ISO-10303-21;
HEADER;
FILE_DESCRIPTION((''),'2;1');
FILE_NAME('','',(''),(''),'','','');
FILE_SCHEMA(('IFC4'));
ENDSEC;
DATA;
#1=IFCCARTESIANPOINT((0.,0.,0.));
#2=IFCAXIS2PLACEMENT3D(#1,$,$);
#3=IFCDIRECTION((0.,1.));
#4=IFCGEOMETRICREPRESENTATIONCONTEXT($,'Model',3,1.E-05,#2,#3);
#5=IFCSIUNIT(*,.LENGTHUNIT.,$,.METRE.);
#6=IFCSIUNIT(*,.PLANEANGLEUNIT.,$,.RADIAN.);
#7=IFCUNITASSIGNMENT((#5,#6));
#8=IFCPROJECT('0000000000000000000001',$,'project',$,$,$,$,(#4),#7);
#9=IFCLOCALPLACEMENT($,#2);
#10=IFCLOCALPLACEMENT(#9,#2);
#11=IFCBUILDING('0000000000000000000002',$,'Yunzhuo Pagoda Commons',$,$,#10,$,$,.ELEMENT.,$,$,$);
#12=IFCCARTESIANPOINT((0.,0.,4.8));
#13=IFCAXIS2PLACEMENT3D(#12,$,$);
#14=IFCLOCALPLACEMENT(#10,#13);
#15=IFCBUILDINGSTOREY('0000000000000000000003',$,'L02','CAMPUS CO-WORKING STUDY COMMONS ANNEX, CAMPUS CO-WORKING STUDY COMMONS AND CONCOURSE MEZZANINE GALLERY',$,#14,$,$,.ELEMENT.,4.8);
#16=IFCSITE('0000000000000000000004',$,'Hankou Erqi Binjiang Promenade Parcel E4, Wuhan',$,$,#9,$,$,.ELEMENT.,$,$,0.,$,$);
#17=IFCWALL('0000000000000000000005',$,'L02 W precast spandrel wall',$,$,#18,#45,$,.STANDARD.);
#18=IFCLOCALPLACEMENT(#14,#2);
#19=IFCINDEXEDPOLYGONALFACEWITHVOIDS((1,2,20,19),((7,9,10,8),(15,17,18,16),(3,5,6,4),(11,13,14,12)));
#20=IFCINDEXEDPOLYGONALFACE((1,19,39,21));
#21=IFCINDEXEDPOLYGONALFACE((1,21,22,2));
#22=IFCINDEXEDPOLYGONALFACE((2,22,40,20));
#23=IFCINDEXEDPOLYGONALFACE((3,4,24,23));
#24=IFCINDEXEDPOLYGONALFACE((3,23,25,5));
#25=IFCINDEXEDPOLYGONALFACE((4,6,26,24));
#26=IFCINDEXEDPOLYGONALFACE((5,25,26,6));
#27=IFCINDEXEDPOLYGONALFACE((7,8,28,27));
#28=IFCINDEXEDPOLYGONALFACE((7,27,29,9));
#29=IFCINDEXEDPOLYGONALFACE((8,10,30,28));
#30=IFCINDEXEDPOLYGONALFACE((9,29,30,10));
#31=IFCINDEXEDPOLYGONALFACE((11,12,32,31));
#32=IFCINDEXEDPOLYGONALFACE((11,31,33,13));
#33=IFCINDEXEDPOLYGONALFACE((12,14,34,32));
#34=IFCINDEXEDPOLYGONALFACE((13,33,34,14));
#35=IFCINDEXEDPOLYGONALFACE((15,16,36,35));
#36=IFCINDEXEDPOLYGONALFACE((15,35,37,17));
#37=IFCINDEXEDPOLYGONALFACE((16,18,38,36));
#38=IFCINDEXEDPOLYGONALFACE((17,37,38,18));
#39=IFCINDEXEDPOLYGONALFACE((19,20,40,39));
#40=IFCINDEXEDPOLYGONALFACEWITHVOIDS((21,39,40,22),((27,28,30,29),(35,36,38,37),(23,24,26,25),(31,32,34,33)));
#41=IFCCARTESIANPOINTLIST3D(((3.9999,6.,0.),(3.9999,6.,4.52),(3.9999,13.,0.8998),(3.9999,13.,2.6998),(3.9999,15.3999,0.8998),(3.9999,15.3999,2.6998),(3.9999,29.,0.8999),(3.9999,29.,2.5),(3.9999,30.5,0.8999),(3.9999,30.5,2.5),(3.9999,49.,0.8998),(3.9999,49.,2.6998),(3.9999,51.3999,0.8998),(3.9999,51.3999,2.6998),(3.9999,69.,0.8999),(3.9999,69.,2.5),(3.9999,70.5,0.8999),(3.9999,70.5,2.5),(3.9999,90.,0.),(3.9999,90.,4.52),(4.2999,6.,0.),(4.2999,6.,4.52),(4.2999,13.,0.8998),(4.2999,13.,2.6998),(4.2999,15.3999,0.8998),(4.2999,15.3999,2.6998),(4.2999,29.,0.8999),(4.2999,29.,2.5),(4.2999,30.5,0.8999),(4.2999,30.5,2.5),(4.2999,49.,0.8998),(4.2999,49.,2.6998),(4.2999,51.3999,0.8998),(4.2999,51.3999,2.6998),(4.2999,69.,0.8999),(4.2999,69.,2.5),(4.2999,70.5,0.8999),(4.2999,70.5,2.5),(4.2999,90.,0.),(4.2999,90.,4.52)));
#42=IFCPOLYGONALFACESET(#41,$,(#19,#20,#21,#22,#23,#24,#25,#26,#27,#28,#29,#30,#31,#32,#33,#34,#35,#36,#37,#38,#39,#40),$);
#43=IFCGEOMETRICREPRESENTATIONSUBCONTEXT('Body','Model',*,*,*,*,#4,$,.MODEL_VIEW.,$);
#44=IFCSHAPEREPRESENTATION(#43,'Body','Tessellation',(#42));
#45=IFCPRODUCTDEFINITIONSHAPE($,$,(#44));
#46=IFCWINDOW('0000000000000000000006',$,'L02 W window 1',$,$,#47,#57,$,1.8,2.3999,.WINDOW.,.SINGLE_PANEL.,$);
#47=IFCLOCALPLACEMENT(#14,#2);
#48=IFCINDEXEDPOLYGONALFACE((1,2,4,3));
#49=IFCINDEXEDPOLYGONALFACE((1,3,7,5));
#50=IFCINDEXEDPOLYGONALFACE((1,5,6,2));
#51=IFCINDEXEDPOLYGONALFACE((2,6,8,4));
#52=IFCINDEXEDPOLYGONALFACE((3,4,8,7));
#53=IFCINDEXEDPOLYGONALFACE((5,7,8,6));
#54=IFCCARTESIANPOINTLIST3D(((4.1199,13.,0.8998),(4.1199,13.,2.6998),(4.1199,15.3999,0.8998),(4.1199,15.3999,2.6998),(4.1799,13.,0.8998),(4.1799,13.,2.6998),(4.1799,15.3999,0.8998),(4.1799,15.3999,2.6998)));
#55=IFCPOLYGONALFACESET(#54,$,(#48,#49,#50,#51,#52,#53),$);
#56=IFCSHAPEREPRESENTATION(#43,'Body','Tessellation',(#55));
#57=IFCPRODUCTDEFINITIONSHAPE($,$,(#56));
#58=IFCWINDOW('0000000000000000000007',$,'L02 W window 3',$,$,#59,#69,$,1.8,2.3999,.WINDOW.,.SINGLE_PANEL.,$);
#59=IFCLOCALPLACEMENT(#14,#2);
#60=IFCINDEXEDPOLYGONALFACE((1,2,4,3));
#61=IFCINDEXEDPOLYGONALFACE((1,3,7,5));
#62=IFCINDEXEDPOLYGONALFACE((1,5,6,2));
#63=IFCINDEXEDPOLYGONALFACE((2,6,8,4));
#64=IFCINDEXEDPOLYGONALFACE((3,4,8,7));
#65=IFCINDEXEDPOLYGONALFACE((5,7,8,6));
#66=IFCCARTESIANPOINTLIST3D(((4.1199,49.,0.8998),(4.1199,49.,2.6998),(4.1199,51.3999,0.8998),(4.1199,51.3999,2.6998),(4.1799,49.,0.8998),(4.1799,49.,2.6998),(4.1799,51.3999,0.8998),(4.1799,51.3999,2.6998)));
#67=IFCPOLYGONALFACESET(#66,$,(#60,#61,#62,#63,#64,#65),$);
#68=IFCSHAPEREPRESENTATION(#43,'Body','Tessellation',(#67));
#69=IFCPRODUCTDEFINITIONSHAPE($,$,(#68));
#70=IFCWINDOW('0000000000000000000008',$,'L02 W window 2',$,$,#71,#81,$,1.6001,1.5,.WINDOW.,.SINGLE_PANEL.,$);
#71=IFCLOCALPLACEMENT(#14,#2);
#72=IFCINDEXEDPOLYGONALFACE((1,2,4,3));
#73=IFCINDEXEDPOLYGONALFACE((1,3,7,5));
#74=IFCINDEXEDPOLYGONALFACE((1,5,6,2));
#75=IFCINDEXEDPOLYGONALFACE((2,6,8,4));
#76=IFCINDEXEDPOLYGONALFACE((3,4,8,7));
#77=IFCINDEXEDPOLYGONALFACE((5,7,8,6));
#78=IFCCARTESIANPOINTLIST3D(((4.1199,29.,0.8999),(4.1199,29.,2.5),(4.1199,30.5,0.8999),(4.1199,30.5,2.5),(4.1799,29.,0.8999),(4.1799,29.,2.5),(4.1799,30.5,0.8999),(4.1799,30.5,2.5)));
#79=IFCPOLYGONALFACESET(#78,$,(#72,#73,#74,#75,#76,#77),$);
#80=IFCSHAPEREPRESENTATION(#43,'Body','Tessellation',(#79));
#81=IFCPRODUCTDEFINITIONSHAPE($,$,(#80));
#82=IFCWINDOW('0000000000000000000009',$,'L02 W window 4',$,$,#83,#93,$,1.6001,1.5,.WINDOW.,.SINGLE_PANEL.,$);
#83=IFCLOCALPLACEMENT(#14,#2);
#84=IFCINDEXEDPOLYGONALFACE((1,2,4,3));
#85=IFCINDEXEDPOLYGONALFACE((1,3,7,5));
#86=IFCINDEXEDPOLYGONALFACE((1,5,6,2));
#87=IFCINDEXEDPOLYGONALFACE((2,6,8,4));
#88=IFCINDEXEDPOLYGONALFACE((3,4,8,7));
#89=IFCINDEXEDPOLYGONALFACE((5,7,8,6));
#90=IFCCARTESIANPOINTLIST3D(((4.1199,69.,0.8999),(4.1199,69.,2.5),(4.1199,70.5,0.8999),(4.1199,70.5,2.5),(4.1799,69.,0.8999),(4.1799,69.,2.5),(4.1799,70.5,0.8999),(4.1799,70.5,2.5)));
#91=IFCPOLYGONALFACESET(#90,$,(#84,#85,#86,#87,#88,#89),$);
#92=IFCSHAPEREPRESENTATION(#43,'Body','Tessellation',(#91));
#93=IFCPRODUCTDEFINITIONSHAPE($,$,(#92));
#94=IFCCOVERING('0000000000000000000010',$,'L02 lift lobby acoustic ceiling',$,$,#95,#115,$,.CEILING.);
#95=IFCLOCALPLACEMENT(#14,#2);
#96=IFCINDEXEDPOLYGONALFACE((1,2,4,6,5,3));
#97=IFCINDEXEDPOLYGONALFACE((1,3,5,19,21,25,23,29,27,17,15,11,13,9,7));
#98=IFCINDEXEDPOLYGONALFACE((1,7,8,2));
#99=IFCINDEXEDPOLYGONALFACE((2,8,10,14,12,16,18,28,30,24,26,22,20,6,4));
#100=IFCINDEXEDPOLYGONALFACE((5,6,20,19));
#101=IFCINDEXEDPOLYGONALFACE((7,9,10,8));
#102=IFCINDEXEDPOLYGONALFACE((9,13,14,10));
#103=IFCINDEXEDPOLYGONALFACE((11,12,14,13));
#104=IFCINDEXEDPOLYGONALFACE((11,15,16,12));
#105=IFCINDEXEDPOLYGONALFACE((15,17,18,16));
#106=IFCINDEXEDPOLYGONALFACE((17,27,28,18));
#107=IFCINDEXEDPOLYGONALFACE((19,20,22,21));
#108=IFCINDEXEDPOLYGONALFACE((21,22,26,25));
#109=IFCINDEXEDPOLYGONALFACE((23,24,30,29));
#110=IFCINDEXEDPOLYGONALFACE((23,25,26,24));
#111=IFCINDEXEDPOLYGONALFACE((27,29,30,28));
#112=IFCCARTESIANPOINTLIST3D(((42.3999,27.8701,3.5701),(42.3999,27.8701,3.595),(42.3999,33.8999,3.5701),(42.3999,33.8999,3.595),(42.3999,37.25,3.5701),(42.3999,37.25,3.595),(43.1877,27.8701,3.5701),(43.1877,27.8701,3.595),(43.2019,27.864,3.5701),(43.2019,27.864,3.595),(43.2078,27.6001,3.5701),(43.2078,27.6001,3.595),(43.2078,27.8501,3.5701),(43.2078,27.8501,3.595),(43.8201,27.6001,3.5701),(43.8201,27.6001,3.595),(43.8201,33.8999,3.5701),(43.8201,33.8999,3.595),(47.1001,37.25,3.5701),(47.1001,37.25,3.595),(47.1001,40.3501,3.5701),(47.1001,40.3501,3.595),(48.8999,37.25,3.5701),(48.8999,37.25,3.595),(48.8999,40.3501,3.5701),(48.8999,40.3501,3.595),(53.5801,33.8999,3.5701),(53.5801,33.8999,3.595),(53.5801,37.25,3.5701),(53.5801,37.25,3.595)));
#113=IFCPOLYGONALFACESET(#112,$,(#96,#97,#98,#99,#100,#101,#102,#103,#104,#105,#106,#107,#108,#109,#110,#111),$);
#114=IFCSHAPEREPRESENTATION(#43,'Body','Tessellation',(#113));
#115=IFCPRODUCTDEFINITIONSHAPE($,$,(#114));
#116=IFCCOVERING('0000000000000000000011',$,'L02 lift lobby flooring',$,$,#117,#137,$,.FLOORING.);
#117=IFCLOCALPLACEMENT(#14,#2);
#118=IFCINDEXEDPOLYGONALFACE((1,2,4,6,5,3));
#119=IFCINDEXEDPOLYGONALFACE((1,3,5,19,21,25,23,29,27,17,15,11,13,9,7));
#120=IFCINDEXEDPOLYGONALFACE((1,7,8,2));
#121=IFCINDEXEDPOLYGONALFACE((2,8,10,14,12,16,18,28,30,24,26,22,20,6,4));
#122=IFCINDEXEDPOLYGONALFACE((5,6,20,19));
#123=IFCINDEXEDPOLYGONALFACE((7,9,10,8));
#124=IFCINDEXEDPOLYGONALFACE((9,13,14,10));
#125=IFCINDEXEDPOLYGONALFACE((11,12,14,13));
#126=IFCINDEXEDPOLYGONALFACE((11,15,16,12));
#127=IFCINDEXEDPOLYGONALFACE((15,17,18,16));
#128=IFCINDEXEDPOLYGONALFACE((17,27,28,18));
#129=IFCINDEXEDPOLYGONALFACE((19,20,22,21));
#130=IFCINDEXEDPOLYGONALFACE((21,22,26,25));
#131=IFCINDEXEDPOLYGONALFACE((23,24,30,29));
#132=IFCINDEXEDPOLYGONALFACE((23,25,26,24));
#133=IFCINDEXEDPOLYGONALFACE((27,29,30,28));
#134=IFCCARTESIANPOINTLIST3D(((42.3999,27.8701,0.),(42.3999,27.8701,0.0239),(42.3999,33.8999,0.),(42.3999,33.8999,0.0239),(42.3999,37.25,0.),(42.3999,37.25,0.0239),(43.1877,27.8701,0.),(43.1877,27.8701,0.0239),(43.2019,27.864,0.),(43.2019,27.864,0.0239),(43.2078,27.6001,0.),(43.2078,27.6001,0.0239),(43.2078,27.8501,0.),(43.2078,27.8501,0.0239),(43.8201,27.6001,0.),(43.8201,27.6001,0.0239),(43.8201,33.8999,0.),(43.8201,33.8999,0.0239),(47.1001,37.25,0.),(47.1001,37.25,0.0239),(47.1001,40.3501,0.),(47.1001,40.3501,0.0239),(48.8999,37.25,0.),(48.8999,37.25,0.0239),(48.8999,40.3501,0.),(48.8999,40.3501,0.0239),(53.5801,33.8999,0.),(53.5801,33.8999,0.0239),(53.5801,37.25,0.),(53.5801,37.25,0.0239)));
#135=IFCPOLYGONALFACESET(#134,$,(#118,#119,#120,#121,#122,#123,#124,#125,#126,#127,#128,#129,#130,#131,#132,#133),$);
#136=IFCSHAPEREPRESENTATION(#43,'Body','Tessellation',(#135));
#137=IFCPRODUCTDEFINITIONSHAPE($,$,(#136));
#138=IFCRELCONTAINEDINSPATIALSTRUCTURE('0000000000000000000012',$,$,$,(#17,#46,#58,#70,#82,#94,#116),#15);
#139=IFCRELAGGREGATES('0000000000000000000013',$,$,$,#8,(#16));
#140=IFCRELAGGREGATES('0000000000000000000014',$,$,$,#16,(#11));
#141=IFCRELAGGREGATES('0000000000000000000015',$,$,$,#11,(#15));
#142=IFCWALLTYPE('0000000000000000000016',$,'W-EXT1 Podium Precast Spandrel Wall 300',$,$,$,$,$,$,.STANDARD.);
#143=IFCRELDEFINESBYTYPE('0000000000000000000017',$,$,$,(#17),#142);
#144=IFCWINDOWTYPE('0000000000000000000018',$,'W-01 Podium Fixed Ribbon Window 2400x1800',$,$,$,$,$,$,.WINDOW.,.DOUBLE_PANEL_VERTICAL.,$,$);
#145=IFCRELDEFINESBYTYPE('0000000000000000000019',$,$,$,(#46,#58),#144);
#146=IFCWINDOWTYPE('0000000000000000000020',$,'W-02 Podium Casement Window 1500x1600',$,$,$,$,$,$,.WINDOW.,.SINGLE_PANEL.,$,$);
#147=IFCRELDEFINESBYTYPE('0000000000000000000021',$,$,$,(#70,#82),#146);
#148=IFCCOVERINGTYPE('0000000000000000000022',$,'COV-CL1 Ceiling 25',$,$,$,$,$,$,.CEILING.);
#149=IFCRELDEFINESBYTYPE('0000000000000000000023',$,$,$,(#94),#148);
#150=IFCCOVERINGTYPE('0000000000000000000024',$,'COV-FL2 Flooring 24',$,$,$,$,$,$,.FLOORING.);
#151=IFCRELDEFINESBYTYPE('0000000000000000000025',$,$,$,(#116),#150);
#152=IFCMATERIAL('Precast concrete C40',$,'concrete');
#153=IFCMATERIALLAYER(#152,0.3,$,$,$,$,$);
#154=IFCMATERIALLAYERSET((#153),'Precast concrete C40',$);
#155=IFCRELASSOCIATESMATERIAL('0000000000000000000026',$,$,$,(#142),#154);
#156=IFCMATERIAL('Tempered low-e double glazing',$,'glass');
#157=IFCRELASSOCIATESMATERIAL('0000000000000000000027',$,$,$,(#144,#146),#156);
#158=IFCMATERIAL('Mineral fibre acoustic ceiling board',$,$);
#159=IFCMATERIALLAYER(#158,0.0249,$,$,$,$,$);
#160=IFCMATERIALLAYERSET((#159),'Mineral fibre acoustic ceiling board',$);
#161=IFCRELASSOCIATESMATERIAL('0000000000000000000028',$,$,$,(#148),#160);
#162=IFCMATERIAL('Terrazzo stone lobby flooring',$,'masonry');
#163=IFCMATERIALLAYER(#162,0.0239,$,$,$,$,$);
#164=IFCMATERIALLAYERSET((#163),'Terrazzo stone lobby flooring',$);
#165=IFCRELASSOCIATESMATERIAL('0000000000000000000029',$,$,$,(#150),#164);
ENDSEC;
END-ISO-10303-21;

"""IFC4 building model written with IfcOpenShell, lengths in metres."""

from ifc_helpers import new_model, si_unit, direction, frame, frame_2d, origin, origin_with_axes, place, context, subcontext, project, spatial, polyline, rectangle, outline, extrude, source, transform, mapped, material, layer, layer_set, type_object, element, fill, save


model = new_model("IFC4")

# Units and contexts
model_context = context("Model", 3, precision=1e-05, world=origin(), true_north=direction((0.0, 1.0)))
body_context = subcontext(model_context, "Body", "Model", "MODEL_VIEW")
ifc_project = project(units=[si_unit("LENGTHUNIT", "METRE"), si_unit("PLANEANGLEUNIT", "RADIAN")], contexts=[model_context])

# Site, building, storey
site_placement = place(None, origin())
site = spatial("IfcSite", under=ifc_project, at=site_placement, Name="Hankou Erqi Binjiang Promenade Parcel E4, Wuhan", CompositionType="ELEMENT", RefElevation=0.0)
building_placement = place(site_placement, origin())
building = spatial("IfcBuilding", under=site, at=building_placement, Name="Yunzhuo Pagoda Commons", CompositionType="ELEMENT")
storey_placement = place(building_placement, frame((0.0, 0.0, 4.8)))
storey = spatial("IfcBuildingStorey", under=building, at=storey_placement, Name="L02", Description="CAMPUS CO-WORKING STUDY COMMONS ANNEX, CAMPUS CO-WORKING STUDY COMMONS AND CONCOURSE MEZZANINE GALLERY", CompositionType="ELEMENT", Elevation=4.8)

# Wall, openings, windows
ifc_material_1 = material(Name="Precast concrete C40", Category="concrete")
ifc_layer_1 = layer(ifc_material_1, 0.3)
ifc_layer_set_1 = layer_set([ifc_layer_1], Name="Precast concrete C40")
wall_type = type_object("IfcWallType", Name="W-EXT1 Podium Precast Spandrel Wall 300", PredefinedType="STANDARD", material=ifc_layer_set_1)
wall_placement = place(storey_placement, frame((4.1499, 6.0, 0.0), z_axis=(0.0, 0.0, 1.0), x_axis=(0.0, 1.0, 0.0)))
wall = element("IfcWall", 1, at=wall_placement, inside=storey, type_object=wall_type, Name="L02 W precast spandrel wall", PredefinedType="STANDARD", context=body_context, shape_type="SweptSolid", body=[
    extrude(rectangle(XDim=84.0, YDim=0.3, at=frame_2d((42.0, 0.0))), origin(), (0.0, 0.0, 1.0), 4.52),
])
opening_1_placement = place(wall_placement, frame((7.0, 0.0, 0.8999)))
opening_1 = element("IfcOpeningElement", 2, at=opening_1_placement, cuts=wall, PredefinedType="OPENING", context=body_context, shape_type="SweptSolid", body=[
    extrude(rectangle(XDim=2.3999, YDim=1.8, at=frame_2d((1.2, 0.8999))), frame((0.0, 0.1602, 0.0), z_axis=(0.0, -1.0, 0.0), x_axis=(1.0, 0.0, 0.0)), (0.0, 0.0, 1.0), 0.3201),
])
opening_2_placement = place(wall_placement, frame((23.0, 0.0, 0.8999)))
opening_2 = element("IfcOpeningElement", 3, at=opening_2_placement, cuts=wall, PredefinedType="OPENING", context=body_context, shape_type="SweptSolid", body=[
    extrude(rectangle(XDim=1.5, YDim=1.6001, at=frame_2d((0.75, 0.8))), frame((0.0, 0.1602, 0.0), z_axis=(0.0, -1.0, 0.0), x_axis=(1.0, 0.0, 0.0)), (0.0, 0.0, 1.0), 0.3201),
])
opening_3_placement = place(wall_placement, frame((43.0, 0.0, 0.8999)))
opening_3 = element("IfcOpeningElement", 4, at=opening_3_placement, cuts=wall, PredefinedType="OPENING", context=body_context, shape_type="SweptSolid", body=[
    extrude(rectangle(XDim=2.3999, YDim=1.8, at=frame_2d((1.2, 0.8999))), frame((0.0, 0.1602, 0.0), z_axis=(0.0, -1.0, 0.0), x_axis=(1.0, 0.0, 0.0)), (0.0, 0.0, 1.0), 0.3201),
])
opening_4_placement = place(wall_placement, frame((63.0, 0.0, 0.8999)))
opening_4 = element("IfcOpeningElement", 5, at=opening_4_placement, cuts=wall, PredefinedType="OPENING", context=body_context, shape_type="SweptSolid", body=[
    extrude(rectangle(XDim=1.5, YDim=1.6001, at=frame_2d((0.75, 0.8))), frame((0.0, 0.1602, 0.0), z_axis=(0.0, -1.0, 0.0), x_axis=(1.0, 0.0, 0.0)), (0.0, 0.0, 1.0), 0.3201),
])
ifc_material_2 = material(Name="Tempered low-e double glazing", Category="glass")
window_type_1 = type_object("IfcWindowType", Name="W-01 Podium Fixed Ribbon Window 2400x1800", PartitioningType="DOUBLE_PANEL_VERTICAL", PredefinedType="WINDOW", material=ifc_material_2)
shared_shape_1 = source(origin(), body_context, "Body", "SweptSolid", [
    extrude(rectangle(XDim=2.3999, YDim=1.8, at=frame_2d((1.2, 0.8999))), frame((0.0, 0.03, 0.0), z_axis=(0.0, -1.0, 0.0), x_axis=(1.0, 0.0, 0.0)), (0.0, 0.0, 1.0), 0.0601),
])
window_1_placement = place(opening_1_placement, origin_with_axes())
window_1 = element("IfcWindow", 6, at=window_1_placement, inside=storey, type_object=window_type_1, Name="L02 W window 1", OverallHeight=1.8, OverallWidth=2.3999, PartitioningType="SINGLE_PANEL", PredefinedType="WINDOW", context=body_context, shape_type="MappedRepresentation", body=[
    mapped(shared_shape_1, transform((0.0, 0.0, 0.0), scale=1.0)),
])
fill(opening_1, window_1)
window_2_placement = place(opening_3_placement, origin_with_axes())
window_2 = element("IfcWindow", 7, at=window_2_placement, inside=storey, type_object=window_type_1, Name="L02 W window 3", OverallHeight=1.8, OverallWidth=2.3999, PartitioningType="SINGLE_PANEL", PredefinedType="WINDOW", context=body_context, shape_type="MappedRepresentation", body=[
    mapped(shared_shape_1, transform((0.0, 0.0, 0.0), scale=1.0)),
])
fill(opening_3, window_2)
window_type_2 = type_object("IfcWindowType", Name="W-02 Podium Casement Window 1500x1600", PartitioningType="SINGLE_PANEL", PredefinedType="WINDOW", material=ifc_material_2)
shared_shape_2 = source(origin(), body_context, "Body", "SweptSolid", [
    extrude(rectangle(XDim=1.5, YDim=1.6001, at=frame_2d((0.75, 0.8))), frame((0.0, 0.03, 0.0), z_axis=(0.0, -1.0, 0.0), x_axis=(1.0, 0.0, 0.0)), (0.0, 0.0, 1.0), 0.0601),
])
window_3_placement = place(opening_2_placement, origin_with_axes())
window_3 = element("IfcWindow", 8, at=window_3_placement, inside=storey, type_object=window_type_2, Name="L02 W window 2", OverallHeight=1.6001, OverallWidth=1.5, PartitioningType="SINGLE_PANEL", PredefinedType="WINDOW", context=body_context, shape_type="MappedRepresentation", body=[
    mapped(shared_shape_2, transform((0.0, 0.0, 0.0), scale=1.0)),
])
fill(opening_2, window_3)
window_4_placement = place(opening_4_placement, origin_with_axes())
window_4 = element("IfcWindow", 9, at=window_4_placement, inside=storey, type_object=window_type_2, Name="L02 W window 4", OverallHeight=1.6001, OverallWidth=1.5, PartitioningType="SINGLE_PANEL", PredefinedType="WINDOW", context=body_context, shape_type="MappedRepresentation", body=[
    mapped(shared_shape_2, transform((0.0, 0.0, 0.0), scale=1.0)),
])
fill(opening_4, window_4)

# Coverings
ifc_material_3 = material(Name="Mineral fibre acoustic ceiling board")
ifc_layer_2 = layer(ifc_material_3, 0.0249)
ifc_layer_set_2 = layer_set([ifc_layer_2], Name="Mineral fibre acoustic ceiling board")
covering_type_1 = type_object("IfcCoveringType", Name="COV-CL1 Ceiling 25", PredefinedType="CEILING", material=ifc_layer_set_2)
covering_1_placement = place(storey_placement, frame((0.0, 0.0, 3.5701)))
element("IfcCovering", 10, at=covering_1_placement, inside=storey, type_object=covering_type_1, Name="L02 lift lobby acoustic ceiling", PredefinedType="CEILING", context=body_context, shape_type="SweptSolid", body=[
    extrude(outline(polyline([(43.2078, 27.8501), (43.2019, 27.864), (43.1877, 27.8701), (42.3999, 27.8701), (42.3999, 33.8999), (42.3999, 37.25), (47.1001, 37.25), (47.1001, 40.3501), (48.8999, 40.3501), (48.8999, 37.25), (53.5801, 37.25), (53.5801, 33.8999), (43.8201, 33.8999), (43.8201, 27.6001), (43.2078, 27.6001), (43.2078, 27.8501)])), origin(), (0.0, 0.0, 1.0), 0.0249),
])
ifc_material_4 = material(Name="Terrazzo stone lobby flooring", Category="masonry")
ifc_layer_3 = layer(ifc_material_4, 0.0239)
ifc_layer_set_3 = layer_set([ifc_layer_3], Name="Terrazzo stone lobby flooring")
covering_type_2 = type_object("IfcCoveringType", Name="COV-FL2 Flooring 24", PredefinedType="FLOORING", material=ifc_layer_set_3)
covering_2_placement = place(storey_placement, origin())
element("IfcCovering", 11, at=covering_2_placement, inside=storey, type_object=covering_type_2, Name="L02 lift lobby flooring", PredefinedType="FLOORING", context=body_context, shape_type="SweptSolid", body=[
    extrude(outline(polyline([(43.2078, 27.8501), (43.2019, 27.864), (43.1877, 27.8701), (42.3999, 27.8701), (42.3999, 33.8999), (42.3999, 37.25), (47.1001, 37.25), (47.1001, 40.3501), (48.8999, 40.3501), (48.8999, 37.25), (53.5801, 37.25), (53.5801, 33.8999), (43.8201, 33.8999), (43.8201, 27.6001), (43.2078, 27.6001), (43.2078, 27.8501)])), origin(), (0.0, 0.0, 1.0), 0.0239),
])

save(model, "model.ifc")
